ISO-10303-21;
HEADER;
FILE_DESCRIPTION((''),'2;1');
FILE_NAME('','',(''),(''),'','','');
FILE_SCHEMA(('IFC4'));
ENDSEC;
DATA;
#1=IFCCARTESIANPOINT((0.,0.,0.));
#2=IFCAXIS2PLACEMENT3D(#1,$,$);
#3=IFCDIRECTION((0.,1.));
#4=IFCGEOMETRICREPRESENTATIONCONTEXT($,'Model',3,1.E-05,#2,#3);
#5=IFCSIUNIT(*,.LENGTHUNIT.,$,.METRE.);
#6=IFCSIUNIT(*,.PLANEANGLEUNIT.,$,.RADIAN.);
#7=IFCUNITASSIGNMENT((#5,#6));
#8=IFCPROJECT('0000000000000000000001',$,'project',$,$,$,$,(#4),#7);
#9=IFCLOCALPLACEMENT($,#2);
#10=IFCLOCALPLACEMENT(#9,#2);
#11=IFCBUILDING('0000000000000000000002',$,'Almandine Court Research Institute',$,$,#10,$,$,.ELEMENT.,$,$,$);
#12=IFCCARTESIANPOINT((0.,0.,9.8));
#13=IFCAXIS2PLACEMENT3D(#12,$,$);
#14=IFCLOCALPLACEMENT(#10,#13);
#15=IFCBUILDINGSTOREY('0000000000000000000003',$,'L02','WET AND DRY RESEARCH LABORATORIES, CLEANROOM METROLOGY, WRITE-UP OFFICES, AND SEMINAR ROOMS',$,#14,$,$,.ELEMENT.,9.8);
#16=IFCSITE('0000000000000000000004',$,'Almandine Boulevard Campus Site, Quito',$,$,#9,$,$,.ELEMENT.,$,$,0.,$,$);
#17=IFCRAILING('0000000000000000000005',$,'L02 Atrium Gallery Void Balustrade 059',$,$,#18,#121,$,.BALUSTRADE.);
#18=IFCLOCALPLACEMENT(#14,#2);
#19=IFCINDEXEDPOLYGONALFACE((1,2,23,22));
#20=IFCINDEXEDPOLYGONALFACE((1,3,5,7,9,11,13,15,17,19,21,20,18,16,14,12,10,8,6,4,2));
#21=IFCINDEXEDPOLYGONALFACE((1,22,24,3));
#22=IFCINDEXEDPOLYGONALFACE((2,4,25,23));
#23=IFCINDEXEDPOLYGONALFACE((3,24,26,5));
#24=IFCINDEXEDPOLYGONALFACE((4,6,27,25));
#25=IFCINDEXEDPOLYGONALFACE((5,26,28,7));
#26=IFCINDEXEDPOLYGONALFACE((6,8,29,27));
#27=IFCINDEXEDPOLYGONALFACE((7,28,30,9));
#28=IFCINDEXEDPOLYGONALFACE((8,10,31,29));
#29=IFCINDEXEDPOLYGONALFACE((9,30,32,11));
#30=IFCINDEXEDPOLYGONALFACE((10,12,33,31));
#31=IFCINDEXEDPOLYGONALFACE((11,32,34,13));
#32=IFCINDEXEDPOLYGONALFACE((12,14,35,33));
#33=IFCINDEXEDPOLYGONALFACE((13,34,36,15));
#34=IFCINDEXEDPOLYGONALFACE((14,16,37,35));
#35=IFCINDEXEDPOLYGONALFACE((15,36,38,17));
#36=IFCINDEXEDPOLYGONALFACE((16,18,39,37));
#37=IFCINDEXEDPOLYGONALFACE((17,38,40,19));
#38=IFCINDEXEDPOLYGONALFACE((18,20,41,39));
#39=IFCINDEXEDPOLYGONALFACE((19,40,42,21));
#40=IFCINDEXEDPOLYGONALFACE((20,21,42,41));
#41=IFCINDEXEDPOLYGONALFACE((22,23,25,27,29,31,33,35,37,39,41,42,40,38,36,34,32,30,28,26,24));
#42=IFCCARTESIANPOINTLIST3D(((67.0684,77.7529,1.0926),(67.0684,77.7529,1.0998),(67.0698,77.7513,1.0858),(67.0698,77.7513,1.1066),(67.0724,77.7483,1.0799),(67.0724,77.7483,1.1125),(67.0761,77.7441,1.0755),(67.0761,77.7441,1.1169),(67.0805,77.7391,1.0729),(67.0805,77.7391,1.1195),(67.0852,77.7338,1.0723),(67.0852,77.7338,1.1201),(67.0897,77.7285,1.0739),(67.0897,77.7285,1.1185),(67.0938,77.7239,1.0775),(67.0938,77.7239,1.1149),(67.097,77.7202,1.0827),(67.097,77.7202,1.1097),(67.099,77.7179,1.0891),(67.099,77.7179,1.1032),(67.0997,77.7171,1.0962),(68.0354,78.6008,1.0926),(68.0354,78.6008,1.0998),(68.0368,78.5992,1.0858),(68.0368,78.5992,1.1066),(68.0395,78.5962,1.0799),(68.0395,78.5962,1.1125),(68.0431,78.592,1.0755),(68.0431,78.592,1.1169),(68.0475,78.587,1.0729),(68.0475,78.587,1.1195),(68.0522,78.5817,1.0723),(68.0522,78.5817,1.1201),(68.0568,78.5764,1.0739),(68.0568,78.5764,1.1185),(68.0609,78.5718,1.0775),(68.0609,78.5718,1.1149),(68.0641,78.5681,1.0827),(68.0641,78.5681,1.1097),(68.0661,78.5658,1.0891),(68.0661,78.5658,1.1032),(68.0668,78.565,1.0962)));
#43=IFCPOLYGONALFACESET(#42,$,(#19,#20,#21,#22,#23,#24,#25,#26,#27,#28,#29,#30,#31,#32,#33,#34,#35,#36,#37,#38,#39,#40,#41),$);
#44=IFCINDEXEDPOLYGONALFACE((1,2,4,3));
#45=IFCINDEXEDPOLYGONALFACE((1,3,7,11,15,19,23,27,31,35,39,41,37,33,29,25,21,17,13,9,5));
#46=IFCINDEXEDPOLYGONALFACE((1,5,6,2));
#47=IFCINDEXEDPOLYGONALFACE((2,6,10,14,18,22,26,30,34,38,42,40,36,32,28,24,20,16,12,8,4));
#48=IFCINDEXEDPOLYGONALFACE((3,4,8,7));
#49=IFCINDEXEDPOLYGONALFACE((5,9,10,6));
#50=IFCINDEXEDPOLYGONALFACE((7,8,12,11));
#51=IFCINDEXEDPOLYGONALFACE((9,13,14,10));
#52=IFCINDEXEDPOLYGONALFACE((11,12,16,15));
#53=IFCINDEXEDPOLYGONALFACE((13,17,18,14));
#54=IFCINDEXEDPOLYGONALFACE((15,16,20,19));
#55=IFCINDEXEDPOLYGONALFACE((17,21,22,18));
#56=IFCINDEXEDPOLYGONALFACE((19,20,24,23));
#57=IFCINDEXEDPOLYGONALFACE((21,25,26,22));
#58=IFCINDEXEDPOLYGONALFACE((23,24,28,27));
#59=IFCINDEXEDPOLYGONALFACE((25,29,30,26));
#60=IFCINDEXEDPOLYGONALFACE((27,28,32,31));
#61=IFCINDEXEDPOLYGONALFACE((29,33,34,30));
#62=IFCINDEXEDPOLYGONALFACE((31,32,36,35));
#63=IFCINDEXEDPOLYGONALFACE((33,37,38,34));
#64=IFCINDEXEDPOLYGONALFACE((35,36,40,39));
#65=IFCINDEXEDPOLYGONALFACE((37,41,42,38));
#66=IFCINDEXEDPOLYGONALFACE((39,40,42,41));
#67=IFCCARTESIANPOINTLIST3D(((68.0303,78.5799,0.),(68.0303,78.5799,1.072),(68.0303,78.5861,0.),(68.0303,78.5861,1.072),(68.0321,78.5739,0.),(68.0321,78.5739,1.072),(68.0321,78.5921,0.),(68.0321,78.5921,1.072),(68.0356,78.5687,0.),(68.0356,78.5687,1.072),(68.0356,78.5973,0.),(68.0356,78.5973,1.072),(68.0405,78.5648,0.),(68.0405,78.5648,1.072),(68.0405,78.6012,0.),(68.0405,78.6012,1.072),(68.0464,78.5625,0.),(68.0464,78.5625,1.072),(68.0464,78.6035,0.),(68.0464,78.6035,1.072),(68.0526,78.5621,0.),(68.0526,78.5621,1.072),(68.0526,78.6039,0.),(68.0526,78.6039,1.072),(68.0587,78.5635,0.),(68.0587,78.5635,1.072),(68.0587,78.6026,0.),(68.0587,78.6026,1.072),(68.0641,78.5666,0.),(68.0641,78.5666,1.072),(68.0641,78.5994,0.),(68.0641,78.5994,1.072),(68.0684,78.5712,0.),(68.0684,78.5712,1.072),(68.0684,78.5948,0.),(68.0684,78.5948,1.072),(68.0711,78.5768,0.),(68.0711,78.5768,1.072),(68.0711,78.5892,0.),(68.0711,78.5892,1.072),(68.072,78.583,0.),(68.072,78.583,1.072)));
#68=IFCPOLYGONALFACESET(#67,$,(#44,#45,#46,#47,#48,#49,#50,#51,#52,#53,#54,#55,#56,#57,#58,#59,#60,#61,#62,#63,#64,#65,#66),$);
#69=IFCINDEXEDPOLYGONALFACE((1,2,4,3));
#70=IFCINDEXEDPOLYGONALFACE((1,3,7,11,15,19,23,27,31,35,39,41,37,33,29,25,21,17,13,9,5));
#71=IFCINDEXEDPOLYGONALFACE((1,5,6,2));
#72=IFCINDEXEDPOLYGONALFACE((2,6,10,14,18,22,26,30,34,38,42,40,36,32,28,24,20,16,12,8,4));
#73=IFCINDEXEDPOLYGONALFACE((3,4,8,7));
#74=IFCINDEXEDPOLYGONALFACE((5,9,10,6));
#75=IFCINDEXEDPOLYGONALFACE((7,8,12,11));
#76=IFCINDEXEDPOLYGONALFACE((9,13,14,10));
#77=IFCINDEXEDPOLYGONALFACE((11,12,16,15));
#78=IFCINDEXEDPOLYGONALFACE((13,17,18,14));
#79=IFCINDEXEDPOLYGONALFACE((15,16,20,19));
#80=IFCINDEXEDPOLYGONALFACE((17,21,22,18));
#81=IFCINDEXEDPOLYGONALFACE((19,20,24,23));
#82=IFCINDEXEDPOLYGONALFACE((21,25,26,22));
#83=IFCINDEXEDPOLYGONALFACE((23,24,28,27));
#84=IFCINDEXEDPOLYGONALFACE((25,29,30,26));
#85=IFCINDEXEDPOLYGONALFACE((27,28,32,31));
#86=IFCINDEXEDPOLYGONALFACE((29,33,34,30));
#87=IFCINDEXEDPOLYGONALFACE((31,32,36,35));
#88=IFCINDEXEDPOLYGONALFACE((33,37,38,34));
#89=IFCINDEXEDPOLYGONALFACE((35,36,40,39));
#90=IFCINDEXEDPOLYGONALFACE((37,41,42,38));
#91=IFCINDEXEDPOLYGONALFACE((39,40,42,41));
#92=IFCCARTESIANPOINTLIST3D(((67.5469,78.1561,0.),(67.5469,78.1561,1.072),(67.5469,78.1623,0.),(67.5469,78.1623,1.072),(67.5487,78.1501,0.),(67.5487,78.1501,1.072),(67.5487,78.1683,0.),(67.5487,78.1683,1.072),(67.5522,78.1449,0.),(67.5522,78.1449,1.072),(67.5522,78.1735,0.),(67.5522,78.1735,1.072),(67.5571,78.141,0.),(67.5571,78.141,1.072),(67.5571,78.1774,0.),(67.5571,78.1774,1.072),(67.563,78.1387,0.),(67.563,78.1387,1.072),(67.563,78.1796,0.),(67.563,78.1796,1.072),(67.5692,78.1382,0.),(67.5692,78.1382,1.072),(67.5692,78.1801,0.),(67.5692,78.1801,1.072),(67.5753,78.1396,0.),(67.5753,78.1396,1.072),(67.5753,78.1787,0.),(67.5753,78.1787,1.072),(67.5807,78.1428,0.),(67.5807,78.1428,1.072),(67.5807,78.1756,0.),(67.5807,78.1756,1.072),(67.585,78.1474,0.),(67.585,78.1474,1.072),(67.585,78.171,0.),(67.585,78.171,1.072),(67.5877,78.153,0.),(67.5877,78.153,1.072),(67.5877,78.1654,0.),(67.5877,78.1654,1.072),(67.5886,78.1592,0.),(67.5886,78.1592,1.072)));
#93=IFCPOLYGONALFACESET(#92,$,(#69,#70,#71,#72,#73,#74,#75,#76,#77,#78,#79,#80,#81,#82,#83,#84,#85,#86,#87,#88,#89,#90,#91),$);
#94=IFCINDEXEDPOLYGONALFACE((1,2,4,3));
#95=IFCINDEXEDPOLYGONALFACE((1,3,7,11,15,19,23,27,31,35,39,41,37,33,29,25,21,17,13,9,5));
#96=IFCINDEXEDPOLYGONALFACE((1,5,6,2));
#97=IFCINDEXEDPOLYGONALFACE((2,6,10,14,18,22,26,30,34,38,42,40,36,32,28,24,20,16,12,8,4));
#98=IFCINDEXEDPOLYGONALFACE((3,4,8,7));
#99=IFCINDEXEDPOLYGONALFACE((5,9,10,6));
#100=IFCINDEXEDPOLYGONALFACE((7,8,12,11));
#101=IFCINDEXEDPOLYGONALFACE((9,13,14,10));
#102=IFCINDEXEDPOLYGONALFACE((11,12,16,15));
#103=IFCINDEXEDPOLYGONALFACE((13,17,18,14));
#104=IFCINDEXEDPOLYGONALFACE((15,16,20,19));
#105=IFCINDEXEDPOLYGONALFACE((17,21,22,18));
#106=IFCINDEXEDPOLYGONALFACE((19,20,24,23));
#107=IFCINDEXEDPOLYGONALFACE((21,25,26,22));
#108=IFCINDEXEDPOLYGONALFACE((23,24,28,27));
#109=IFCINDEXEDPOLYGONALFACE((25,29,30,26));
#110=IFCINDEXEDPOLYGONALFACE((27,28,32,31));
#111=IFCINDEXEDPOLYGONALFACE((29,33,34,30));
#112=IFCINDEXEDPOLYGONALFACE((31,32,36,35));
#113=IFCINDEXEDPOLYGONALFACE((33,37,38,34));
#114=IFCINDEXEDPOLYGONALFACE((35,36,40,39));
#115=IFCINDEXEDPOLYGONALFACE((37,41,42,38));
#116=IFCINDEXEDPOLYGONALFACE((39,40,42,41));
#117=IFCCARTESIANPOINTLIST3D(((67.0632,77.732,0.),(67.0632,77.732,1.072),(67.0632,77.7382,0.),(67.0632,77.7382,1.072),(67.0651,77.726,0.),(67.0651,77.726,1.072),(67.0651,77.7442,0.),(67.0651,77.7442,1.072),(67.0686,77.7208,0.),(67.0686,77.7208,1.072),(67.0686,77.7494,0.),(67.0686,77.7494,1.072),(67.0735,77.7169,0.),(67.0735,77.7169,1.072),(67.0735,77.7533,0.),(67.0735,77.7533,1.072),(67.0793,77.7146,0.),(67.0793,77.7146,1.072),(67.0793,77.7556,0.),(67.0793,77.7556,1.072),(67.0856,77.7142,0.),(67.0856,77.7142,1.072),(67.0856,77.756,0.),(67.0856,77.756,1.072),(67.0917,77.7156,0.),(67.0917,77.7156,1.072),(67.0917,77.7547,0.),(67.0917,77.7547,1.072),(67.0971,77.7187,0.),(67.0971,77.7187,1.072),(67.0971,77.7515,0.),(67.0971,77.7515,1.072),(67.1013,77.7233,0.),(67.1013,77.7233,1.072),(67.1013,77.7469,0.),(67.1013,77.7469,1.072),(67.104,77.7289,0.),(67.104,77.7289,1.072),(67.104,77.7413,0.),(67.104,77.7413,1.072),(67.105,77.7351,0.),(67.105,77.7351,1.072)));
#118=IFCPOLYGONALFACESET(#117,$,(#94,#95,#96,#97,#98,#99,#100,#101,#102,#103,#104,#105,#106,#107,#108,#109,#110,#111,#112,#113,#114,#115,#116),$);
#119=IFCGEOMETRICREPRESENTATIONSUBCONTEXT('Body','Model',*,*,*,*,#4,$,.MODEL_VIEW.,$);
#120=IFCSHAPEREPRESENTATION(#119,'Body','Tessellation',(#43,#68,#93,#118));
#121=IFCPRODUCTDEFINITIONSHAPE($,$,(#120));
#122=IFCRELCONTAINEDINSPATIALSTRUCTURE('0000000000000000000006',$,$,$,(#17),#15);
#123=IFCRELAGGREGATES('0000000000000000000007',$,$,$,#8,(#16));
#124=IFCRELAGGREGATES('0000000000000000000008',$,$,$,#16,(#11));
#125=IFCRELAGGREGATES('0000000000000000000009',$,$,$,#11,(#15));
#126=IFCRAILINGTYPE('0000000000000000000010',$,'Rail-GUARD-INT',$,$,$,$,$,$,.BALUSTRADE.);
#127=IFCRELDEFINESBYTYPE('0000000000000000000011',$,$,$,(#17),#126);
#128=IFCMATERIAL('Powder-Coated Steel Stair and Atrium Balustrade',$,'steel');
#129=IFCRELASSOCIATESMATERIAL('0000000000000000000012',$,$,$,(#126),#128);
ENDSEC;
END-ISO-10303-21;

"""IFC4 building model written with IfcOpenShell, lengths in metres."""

from ifc_helpers import new_model, si_unit, direction, frame, origin, origin_2d, place, context, subcontext, project, spatial, circle, extrude, material, type_object, element, save


model = new_model("IFC4")

# Units and contexts
model_context = context("Model", 3, precision=1e-05, world=origin(), true_north=direction((0.0, 1.0)))
body_context = subcontext(model_context, "Body", "Model", "MODEL_VIEW")
ifc_project = project(units=[si_unit("LENGTHUNIT", "METRE"), si_unit("PLANEANGLEUNIT", "RADIAN")], contexts=[model_context])

# Site, building, storey
site_placement = place(None, origin())
site = spatial("IfcSite", under=ifc_project, at=site_placement, Name="Almandine Boulevard Campus Site, Quito", CompositionType="ELEMENT", RefElevation=0.0)
building_placement = place(site_placement, origin())
building = spatial("IfcBuilding", under=site, at=building_placement, Name="Almandine Court Research Institute", CompositionType="ELEMENT")
storey_placement = place(building_placement, frame((0.0, 0.0, 9.8)))
storey = spatial("IfcBuildingStorey", under=building, at=storey_placement, Name="L02", Description="WET AND DRY RESEARCH LABORATORIES, CLEANROOM METROLOGY, WRITE-UP OFFICES, AND SEMINAR ROOMS", CompositionType="ELEMENT", Elevation=9.8)

# Railing
ifc_material_1 = material(Name="Powder-Coated Steel Stair and Atrium Balustrade", Category="steel")
railing_type = type_object("IfcRailingType", Name="Rail-GUARD-INT", PredefinedType="BALUSTRADE", material=ifc_material_1)
railing_1_placement = place(storey_placement, frame((68.051, 78.583, 0.0)))
element("IfcRailing", 1, at=railing_1_placement, inside=storey, type_object=railing_type, Name="L02 Atrium Gallery Void Balustrade 059", PredefinedType="BALUSTRADE", context=body_context, shape_type="SweptSolid", body=[
    extrude(circle(Radius=0.0239, at=origin_2d()), frame((0.0, 0.0, 1.0962), z_axis=(-0.751906, -0.65927, 0.0), x_axis=(0.65927, -0.751906, 0.0)), (0.0, 0.0, 1.0), 1.2861),
    extrude(circle(Radius=0.021, at=origin_2d()), origin(), (0.0, 0.0, 1.0), 1.072),
    extrude(circle(Radius=0.021, at=origin_2d()), frame((-0.4834, -0.4238, 0.0)), (0.0, 0.0, 1.0), 1.072),
    extrude(circle(Radius=0.021, at=origin_2d()), frame((-0.967, -0.8479, 0.0)), (0.0, 0.0, 1.0), 1.072),
])

save(model, "model.ifc")
